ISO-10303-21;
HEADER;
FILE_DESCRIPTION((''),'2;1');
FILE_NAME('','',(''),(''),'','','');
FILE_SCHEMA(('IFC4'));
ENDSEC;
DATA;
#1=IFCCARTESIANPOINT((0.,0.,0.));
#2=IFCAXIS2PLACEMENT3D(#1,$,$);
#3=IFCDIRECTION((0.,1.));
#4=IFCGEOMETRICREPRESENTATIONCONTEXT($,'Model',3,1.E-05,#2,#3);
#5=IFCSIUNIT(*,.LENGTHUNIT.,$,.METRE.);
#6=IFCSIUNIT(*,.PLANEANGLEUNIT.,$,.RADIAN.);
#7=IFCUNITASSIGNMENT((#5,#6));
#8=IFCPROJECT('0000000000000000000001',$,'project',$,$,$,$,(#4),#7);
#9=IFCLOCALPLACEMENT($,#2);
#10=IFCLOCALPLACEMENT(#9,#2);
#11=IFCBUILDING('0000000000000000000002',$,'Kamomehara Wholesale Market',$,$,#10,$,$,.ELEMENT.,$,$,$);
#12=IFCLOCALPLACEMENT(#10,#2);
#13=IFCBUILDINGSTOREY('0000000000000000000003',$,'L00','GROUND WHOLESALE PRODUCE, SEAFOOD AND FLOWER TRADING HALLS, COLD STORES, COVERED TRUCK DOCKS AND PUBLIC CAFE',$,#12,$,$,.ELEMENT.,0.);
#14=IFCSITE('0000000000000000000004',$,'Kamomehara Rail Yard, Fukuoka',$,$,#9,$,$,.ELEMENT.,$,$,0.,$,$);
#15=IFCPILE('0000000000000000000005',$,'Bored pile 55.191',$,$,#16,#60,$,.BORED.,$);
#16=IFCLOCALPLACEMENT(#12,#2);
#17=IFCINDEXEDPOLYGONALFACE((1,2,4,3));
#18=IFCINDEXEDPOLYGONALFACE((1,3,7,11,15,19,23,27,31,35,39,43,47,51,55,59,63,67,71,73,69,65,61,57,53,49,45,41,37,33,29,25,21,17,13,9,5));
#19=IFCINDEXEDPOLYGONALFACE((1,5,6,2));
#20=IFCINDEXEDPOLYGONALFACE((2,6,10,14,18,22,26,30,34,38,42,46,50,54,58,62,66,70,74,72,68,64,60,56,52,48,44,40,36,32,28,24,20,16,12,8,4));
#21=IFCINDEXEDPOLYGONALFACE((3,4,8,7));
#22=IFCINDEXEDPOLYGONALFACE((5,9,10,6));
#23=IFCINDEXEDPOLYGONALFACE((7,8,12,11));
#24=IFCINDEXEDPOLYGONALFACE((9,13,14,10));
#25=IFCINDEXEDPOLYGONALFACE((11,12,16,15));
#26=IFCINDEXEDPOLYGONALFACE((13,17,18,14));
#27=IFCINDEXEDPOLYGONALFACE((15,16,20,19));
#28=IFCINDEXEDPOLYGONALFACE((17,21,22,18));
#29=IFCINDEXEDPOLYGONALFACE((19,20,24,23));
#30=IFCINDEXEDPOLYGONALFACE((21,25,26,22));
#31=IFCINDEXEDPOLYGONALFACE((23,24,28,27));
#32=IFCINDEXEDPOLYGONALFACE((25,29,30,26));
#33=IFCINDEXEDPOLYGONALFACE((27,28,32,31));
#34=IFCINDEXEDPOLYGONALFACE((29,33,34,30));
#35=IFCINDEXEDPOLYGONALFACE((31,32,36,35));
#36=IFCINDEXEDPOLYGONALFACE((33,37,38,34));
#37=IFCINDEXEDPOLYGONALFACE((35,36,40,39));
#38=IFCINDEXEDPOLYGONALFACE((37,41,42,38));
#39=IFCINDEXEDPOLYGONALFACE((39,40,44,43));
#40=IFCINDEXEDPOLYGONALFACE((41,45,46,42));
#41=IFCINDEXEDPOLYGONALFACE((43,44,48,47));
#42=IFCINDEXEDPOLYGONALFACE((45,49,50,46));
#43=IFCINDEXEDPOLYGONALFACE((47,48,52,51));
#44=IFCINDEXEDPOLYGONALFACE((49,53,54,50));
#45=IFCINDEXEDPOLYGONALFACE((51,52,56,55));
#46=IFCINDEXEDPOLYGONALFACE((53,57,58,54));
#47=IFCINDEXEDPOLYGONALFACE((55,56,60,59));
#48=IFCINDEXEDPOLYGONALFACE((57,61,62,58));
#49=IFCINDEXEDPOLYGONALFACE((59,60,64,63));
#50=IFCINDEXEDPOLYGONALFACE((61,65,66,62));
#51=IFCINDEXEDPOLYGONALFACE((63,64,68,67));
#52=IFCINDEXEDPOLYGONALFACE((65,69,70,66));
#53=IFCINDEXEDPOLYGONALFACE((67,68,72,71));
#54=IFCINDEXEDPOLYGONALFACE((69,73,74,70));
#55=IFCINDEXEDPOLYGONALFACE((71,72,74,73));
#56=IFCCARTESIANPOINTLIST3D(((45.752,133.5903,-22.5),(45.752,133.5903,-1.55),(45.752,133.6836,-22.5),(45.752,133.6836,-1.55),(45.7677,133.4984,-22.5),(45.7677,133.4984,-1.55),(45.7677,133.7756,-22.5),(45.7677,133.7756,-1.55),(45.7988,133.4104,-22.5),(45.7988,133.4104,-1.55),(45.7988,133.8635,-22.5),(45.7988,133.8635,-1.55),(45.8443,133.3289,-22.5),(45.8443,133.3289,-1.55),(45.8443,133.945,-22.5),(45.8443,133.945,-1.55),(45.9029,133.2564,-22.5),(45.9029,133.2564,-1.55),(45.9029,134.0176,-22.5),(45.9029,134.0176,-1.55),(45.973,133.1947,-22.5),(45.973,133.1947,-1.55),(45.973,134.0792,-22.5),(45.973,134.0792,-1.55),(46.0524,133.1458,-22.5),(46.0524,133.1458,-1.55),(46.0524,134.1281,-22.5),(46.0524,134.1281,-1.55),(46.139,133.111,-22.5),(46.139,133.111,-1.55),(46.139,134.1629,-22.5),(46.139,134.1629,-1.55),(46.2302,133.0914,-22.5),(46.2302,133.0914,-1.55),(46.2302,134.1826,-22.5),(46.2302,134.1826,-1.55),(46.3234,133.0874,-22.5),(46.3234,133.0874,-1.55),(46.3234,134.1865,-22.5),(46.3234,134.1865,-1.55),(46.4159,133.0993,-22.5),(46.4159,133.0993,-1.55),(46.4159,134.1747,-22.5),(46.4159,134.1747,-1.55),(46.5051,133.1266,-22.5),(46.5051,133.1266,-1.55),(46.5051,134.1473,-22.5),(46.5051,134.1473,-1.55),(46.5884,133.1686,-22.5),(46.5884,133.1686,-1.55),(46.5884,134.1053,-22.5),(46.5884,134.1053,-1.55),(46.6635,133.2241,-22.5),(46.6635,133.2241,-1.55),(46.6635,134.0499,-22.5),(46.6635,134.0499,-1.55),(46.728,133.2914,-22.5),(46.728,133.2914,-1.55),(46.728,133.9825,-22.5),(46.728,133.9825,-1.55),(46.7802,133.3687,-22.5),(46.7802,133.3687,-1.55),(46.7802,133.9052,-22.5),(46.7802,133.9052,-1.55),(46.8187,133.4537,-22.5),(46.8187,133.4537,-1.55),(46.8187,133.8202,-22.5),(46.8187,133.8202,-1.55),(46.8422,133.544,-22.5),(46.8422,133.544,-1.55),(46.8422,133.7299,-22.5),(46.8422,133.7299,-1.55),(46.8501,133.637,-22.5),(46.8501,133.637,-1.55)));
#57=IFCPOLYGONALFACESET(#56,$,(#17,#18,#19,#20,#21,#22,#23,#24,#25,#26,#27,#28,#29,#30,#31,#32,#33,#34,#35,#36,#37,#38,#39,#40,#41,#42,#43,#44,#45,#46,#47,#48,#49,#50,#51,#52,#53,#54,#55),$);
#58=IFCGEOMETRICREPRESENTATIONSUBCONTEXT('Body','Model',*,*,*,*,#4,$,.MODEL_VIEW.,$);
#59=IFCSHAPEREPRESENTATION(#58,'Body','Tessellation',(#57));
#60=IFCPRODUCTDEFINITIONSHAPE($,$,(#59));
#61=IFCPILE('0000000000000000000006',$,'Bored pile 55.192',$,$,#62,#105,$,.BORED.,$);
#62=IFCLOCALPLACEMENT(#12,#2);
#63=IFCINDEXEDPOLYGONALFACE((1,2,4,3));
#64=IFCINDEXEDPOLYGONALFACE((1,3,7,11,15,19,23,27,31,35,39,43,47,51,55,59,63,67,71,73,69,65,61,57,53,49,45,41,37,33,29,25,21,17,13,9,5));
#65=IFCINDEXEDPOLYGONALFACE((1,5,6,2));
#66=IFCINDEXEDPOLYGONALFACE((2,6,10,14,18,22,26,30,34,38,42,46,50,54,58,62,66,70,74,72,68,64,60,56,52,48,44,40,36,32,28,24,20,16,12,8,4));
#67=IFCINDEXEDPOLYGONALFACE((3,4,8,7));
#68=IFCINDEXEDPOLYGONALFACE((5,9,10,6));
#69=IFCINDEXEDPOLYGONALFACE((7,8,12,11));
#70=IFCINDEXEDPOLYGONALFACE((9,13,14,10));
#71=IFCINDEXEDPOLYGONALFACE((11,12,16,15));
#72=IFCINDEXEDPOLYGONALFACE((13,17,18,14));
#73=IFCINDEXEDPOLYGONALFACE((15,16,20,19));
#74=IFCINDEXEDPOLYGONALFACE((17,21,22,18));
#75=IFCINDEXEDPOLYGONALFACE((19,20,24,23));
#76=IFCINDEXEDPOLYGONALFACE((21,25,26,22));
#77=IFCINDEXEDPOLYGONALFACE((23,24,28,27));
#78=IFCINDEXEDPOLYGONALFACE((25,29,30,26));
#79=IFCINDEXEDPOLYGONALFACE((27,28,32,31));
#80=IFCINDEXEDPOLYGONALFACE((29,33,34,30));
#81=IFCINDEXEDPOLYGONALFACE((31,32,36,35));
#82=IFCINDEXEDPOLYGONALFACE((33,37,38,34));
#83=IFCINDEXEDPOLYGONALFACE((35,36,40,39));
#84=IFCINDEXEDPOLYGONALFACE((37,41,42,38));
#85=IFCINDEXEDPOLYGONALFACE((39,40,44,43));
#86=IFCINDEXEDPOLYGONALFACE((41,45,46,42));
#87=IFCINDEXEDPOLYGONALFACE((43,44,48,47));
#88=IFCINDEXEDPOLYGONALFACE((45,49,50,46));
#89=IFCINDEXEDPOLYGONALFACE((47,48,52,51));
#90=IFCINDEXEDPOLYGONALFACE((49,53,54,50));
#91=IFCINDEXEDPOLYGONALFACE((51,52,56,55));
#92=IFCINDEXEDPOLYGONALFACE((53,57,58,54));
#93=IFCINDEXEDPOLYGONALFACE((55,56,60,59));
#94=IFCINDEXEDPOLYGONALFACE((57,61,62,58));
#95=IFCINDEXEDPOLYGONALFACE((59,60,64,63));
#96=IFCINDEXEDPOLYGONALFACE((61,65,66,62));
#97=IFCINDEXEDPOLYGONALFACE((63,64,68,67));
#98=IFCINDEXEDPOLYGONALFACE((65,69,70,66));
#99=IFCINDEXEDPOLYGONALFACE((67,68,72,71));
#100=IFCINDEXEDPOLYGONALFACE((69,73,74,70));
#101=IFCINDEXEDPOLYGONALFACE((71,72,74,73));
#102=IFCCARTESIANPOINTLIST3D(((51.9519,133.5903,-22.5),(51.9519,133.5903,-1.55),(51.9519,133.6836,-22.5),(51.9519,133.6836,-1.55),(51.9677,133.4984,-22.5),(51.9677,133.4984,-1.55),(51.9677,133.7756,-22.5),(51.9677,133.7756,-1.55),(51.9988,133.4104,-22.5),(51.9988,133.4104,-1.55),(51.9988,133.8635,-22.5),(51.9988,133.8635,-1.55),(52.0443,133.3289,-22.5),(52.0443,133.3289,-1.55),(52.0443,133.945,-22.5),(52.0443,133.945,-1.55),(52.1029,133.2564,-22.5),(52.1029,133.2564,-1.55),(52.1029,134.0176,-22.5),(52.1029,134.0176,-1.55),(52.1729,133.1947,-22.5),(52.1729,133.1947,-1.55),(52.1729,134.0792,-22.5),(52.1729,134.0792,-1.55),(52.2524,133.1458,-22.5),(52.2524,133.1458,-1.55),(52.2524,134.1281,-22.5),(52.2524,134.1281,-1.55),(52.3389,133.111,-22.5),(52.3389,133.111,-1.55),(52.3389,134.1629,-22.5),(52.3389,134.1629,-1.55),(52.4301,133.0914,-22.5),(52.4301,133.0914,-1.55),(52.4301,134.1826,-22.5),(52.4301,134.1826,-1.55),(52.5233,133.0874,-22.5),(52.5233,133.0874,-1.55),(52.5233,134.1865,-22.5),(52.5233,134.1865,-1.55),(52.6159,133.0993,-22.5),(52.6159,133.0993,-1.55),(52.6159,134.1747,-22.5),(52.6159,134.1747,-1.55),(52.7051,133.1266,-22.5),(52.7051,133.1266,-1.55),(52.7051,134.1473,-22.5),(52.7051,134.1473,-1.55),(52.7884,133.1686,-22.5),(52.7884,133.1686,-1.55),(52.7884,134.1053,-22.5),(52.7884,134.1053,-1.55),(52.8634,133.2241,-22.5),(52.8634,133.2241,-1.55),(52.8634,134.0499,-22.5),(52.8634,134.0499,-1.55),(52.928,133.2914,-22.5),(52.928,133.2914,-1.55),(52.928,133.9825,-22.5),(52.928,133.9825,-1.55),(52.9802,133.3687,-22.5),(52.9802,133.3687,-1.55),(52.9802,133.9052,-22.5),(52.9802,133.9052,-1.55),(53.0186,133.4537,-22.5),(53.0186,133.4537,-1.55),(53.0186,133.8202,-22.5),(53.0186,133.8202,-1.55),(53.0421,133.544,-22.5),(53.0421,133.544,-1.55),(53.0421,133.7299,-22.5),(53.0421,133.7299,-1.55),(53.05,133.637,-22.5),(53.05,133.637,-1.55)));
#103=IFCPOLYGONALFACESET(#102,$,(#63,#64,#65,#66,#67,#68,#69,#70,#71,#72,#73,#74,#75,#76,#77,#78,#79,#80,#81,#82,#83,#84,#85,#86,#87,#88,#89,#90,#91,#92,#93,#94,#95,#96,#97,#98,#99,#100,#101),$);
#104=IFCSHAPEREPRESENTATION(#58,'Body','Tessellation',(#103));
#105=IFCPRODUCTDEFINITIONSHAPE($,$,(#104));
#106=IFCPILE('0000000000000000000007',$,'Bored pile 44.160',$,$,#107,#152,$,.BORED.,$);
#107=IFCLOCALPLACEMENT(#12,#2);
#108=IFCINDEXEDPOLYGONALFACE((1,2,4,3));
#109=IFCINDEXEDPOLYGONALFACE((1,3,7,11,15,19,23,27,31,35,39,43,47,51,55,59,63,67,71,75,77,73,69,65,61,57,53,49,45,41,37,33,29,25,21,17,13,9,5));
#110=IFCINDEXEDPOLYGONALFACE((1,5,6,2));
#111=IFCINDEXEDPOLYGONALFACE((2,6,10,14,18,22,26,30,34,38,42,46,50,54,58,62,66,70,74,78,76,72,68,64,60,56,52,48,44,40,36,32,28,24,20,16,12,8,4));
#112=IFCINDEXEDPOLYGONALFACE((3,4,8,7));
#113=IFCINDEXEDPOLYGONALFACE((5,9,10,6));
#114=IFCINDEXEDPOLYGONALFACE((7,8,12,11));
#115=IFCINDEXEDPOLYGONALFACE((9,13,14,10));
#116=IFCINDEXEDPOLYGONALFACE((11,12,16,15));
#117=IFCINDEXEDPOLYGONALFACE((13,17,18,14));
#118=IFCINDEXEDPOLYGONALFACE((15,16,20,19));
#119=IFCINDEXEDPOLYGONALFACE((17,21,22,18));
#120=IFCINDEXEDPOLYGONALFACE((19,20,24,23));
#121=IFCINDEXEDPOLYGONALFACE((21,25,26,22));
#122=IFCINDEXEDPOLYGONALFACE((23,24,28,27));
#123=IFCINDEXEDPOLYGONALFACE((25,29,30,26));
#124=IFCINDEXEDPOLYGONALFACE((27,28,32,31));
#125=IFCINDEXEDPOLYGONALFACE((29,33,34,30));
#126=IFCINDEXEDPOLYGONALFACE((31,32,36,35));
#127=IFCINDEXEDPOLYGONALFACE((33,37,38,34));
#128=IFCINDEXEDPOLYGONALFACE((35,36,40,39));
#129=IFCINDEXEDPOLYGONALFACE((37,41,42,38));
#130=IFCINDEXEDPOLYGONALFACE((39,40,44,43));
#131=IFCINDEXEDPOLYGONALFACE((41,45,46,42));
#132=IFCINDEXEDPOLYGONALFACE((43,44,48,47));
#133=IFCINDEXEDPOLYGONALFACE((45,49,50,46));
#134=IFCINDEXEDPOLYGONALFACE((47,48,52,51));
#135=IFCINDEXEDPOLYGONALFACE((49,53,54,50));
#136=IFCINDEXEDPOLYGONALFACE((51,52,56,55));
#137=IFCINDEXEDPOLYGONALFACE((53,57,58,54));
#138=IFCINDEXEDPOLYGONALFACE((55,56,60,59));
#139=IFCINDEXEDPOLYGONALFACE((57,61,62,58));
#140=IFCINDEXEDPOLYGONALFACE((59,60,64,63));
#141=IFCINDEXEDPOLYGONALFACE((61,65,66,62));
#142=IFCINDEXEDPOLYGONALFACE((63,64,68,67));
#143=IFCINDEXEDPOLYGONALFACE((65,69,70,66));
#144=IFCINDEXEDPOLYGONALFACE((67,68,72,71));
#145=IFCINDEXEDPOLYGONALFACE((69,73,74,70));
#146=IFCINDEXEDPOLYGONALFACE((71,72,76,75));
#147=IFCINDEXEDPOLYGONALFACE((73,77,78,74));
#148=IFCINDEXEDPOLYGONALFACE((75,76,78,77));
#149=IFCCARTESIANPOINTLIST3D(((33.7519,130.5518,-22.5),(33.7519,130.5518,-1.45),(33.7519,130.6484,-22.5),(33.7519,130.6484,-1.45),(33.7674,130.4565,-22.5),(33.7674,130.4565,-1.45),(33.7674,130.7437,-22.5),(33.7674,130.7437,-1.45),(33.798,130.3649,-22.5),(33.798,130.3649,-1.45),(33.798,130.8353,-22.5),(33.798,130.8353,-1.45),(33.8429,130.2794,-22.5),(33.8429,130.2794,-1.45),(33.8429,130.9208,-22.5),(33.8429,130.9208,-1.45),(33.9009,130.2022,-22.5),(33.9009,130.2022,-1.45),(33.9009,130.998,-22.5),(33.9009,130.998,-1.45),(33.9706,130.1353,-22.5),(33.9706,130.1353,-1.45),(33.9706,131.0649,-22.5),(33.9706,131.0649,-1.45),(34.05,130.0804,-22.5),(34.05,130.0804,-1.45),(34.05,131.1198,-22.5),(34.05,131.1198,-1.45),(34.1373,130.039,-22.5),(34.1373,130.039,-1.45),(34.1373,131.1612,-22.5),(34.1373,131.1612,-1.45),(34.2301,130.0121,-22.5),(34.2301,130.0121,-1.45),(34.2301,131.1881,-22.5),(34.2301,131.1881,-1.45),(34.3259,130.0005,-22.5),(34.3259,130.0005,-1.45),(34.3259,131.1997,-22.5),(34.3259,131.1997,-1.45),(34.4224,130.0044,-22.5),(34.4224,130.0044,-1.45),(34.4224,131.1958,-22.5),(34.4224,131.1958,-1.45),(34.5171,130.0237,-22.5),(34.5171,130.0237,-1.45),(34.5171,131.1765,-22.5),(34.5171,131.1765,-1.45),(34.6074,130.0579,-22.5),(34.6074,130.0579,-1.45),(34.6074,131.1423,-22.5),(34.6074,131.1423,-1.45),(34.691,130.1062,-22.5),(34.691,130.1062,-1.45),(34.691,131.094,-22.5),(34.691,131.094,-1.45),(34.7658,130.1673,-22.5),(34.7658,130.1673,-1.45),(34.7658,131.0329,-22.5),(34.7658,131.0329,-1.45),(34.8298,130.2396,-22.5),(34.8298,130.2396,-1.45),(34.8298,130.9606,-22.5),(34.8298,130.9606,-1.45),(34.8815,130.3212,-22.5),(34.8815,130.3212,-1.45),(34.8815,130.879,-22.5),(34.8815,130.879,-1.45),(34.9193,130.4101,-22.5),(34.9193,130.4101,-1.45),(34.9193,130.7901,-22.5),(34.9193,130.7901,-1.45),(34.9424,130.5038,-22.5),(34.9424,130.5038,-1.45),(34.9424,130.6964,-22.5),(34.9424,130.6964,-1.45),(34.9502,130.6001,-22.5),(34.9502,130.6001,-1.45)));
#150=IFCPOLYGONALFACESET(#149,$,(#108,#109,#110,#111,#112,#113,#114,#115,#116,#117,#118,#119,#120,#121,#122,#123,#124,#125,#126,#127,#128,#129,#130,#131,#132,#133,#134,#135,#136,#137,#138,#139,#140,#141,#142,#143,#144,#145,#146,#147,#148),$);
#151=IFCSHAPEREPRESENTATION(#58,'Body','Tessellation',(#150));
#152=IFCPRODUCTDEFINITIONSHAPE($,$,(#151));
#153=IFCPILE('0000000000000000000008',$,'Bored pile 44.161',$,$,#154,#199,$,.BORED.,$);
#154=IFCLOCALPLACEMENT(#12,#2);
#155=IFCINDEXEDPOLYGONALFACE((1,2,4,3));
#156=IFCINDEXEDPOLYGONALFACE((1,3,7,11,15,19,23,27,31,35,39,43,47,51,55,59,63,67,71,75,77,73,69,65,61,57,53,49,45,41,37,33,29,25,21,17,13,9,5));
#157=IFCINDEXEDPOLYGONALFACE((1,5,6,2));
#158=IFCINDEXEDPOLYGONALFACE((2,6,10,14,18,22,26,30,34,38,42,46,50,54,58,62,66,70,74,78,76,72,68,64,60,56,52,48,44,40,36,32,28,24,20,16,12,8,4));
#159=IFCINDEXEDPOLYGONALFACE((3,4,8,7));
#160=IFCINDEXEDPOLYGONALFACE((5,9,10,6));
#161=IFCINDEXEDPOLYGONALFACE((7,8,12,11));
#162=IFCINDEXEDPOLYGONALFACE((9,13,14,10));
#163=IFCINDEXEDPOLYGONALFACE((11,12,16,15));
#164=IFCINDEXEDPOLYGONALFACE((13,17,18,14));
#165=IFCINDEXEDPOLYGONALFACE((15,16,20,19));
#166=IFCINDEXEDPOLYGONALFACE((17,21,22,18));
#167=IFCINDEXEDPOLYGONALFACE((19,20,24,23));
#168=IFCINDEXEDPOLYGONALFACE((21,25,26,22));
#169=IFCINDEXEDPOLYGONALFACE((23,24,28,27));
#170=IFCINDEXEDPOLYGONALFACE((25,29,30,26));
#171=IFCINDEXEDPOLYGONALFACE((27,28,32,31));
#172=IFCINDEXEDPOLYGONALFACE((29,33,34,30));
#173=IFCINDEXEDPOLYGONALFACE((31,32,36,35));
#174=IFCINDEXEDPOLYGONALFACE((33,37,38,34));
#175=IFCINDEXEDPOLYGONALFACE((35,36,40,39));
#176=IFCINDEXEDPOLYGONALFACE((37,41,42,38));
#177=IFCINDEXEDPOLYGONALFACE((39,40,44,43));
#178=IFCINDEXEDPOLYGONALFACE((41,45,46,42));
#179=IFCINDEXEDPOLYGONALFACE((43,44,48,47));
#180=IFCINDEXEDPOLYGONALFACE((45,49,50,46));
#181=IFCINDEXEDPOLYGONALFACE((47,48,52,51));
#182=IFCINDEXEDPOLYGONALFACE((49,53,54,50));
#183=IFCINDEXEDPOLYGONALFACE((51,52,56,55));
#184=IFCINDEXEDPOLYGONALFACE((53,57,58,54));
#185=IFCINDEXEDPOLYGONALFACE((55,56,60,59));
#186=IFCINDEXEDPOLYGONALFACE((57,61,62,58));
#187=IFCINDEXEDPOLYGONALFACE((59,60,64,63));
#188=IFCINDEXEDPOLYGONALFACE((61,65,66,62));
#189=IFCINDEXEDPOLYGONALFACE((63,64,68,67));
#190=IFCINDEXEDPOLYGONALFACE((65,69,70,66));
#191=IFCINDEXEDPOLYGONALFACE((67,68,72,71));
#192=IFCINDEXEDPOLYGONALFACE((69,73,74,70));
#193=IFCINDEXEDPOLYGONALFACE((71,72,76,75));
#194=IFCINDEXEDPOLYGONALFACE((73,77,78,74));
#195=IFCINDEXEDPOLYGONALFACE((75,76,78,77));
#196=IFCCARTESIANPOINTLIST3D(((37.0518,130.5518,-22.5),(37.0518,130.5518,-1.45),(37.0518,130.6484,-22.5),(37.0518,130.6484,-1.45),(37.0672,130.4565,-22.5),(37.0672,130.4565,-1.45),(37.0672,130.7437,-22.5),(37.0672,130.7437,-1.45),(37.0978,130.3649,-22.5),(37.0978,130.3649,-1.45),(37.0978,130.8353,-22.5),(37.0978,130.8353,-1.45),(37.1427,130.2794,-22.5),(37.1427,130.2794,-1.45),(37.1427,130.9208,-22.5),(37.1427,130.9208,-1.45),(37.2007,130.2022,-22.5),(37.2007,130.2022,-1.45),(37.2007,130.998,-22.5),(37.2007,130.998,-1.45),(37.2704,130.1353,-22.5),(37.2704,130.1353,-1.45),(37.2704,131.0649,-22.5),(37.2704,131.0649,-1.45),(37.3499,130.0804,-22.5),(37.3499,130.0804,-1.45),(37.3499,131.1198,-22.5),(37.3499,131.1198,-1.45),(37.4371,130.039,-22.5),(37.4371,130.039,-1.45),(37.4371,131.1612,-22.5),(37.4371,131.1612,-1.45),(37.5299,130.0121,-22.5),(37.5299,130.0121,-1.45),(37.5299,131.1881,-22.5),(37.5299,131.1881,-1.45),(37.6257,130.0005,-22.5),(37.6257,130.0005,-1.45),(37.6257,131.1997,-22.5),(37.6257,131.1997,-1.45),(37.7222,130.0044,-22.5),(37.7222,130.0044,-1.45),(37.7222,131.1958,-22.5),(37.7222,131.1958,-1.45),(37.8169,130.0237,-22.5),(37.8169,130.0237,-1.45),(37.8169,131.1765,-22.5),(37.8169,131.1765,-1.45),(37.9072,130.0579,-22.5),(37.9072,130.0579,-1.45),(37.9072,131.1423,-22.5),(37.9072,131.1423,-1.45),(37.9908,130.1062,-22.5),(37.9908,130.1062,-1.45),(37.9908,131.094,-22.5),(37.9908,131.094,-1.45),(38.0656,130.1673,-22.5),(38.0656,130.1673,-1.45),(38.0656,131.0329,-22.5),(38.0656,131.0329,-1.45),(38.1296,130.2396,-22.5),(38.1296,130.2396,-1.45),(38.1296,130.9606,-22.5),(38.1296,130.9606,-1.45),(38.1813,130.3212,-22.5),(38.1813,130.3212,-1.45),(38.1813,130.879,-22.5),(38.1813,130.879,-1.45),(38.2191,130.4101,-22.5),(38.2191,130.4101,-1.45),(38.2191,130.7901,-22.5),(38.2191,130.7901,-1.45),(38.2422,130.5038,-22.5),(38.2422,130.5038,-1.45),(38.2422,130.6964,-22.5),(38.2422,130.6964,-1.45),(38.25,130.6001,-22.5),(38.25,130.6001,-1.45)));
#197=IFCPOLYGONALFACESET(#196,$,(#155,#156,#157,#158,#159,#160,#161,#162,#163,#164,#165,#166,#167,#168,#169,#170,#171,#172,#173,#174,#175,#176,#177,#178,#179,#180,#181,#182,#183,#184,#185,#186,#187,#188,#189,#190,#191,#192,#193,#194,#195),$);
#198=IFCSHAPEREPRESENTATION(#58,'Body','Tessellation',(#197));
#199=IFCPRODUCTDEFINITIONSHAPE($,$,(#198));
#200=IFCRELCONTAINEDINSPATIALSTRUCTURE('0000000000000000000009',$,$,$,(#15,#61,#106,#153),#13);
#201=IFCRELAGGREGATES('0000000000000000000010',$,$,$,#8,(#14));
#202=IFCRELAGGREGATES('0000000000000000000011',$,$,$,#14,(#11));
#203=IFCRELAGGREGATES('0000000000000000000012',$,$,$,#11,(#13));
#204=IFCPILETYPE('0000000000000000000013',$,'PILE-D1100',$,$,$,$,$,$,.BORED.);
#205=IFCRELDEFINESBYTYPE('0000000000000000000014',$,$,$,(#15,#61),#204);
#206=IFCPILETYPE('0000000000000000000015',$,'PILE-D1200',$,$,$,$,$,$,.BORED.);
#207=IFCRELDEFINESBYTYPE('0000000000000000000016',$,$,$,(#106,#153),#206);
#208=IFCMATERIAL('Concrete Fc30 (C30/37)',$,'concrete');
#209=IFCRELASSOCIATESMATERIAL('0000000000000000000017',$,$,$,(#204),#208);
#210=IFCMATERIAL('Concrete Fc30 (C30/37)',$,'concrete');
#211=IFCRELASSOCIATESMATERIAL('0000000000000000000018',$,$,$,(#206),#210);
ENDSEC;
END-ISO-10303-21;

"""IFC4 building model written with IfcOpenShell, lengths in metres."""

from ifc_helpers import new_model, si_unit, direction, frame, origin, origin_2d, place, context, subcontext, project, spatial, circle, extrude, material, material_profile, profile_set, type_object, element, save


model = new_model("IFC4")

# Units and contexts
model_context = context("Model", 3, precision=1e-05, world=origin(), true_north=direction((0.0, 1.0)))
body_context = subcontext(model_context, "Body", "Model", "MODEL_VIEW")
ifc_project = project(units=[si_unit("LENGTHUNIT", "METRE"), si_unit("PLANEANGLEUNIT", "RADIAN")], contexts=[model_context])

# Site, building, storey
site_placement = place(None, origin())
site = spatial("IfcSite", under=ifc_project, at=site_placement, Name="Kamomehara Rail Yard, Fukuoka", CompositionType="ELEMENT", RefElevation=0.0)
building_placement = place(site_placement, origin())
building = spatial("IfcBuilding", under=site, at=building_placement, Name="Kamomehara Wholesale Market", CompositionType="ELEMENT")
storey_placement = place(building_placement, origin())
storey = spatial("IfcBuildingStorey", under=building, at=storey_placement, Name="L00", Description="GROUND WHOLESALE PRODUCE, SEAFOOD AND FLOWER TRADING HALLS, COLD STORES, COVERED TRUCK DOCKS AND PUBLIC CAFE", CompositionType="ELEMENT", Elevation=0.0)

# Piles
ifc_material_1 = material(Name="Concrete Fc30 (C30/37)", Category="concrete")
ifc_material_profile_1 = material_profile(ifc_material_1, circle(Radius=0.55, at=origin_2d()), Name="RC-PILE-D1100")
ifc_profile_set_1 = profile_set([ifc_material_profile_1], Name="Concrete Fc30 (C30/37)")
pile_type_1 = type_object("IfcPileType", Name="PILE-D1100", PredefinedType="BORED", material=ifc_profile_set_1)
for number, where, z_axis, x_axis, name in (
    (1, (46.3, 133.637, -1.55), (0.0, 0.0, -1.0), (1.0, 0.0, 0.0), "Bored pile 55.191"),
    (2, (52.5, 133.637, -1.55), (0.0, 0.0, -1.0), (1.0, 0.0, 0.0), "Bored pile 55.192"),
):
    element("IfcPile", number, at=place(storey_placement, frame(where, z_axis=z_axis, x_axis=x_axis)), inside=storey, type_object=pile_type_1, Name=name, PredefinedType="BORED", context=body_context, shape_type="SweptSolid", body=[
        extrude(circle(Radius=0.55, at=origin_2d()), origin(), (0.0, 0.0, 1.0), 20.95),
    ])
ifc_material_2 = material(Name="Concrete Fc30 (C30/37)", Category="concrete")
ifc_material_profile_2 = material_profile(ifc_material_2, circle(Radius=0.6001, at=origin_2d()), Name="RC-PILE-D1200")
ifc_profile_set_2 = profile_set([ifc_material_profile_2], Name="Concrete Fc30 (C30/37)")
pile_type_2 = type_object("IfcPileType", Name="PILE-D1200", PredefinedType="BORED", material=ifc_profile_set_2)
for number, where, z_axis, x_axis, name in (
    (3, (34.3501, 130.6001, -1.45), (0.0, 0.0, -1.0), (1.0, 0.0, 0.0), "Bored pile 44.160"),
    (4, (37.6499, 130.6001, -1.45), (0.0, 0.0, -1.0), (1.0, 0.0, 0.0), "Bored pile 44.161"),
):
    element("IfcPile", number, at=place(storey_placement, frame(where, z_axis=z_axis, x_axis=x_axis)), inside=storey, type_object=pile_type_2, Name=name, PredefinedType="BORED", context=body_context, shape_type="SweptSolid", body=[
        extrude(circle(Radius=0.6001, at=origin_2d()), origin(), (0.0, 0.0, 1.0), 21.05),
    ])

save(model, "model.ifc")
